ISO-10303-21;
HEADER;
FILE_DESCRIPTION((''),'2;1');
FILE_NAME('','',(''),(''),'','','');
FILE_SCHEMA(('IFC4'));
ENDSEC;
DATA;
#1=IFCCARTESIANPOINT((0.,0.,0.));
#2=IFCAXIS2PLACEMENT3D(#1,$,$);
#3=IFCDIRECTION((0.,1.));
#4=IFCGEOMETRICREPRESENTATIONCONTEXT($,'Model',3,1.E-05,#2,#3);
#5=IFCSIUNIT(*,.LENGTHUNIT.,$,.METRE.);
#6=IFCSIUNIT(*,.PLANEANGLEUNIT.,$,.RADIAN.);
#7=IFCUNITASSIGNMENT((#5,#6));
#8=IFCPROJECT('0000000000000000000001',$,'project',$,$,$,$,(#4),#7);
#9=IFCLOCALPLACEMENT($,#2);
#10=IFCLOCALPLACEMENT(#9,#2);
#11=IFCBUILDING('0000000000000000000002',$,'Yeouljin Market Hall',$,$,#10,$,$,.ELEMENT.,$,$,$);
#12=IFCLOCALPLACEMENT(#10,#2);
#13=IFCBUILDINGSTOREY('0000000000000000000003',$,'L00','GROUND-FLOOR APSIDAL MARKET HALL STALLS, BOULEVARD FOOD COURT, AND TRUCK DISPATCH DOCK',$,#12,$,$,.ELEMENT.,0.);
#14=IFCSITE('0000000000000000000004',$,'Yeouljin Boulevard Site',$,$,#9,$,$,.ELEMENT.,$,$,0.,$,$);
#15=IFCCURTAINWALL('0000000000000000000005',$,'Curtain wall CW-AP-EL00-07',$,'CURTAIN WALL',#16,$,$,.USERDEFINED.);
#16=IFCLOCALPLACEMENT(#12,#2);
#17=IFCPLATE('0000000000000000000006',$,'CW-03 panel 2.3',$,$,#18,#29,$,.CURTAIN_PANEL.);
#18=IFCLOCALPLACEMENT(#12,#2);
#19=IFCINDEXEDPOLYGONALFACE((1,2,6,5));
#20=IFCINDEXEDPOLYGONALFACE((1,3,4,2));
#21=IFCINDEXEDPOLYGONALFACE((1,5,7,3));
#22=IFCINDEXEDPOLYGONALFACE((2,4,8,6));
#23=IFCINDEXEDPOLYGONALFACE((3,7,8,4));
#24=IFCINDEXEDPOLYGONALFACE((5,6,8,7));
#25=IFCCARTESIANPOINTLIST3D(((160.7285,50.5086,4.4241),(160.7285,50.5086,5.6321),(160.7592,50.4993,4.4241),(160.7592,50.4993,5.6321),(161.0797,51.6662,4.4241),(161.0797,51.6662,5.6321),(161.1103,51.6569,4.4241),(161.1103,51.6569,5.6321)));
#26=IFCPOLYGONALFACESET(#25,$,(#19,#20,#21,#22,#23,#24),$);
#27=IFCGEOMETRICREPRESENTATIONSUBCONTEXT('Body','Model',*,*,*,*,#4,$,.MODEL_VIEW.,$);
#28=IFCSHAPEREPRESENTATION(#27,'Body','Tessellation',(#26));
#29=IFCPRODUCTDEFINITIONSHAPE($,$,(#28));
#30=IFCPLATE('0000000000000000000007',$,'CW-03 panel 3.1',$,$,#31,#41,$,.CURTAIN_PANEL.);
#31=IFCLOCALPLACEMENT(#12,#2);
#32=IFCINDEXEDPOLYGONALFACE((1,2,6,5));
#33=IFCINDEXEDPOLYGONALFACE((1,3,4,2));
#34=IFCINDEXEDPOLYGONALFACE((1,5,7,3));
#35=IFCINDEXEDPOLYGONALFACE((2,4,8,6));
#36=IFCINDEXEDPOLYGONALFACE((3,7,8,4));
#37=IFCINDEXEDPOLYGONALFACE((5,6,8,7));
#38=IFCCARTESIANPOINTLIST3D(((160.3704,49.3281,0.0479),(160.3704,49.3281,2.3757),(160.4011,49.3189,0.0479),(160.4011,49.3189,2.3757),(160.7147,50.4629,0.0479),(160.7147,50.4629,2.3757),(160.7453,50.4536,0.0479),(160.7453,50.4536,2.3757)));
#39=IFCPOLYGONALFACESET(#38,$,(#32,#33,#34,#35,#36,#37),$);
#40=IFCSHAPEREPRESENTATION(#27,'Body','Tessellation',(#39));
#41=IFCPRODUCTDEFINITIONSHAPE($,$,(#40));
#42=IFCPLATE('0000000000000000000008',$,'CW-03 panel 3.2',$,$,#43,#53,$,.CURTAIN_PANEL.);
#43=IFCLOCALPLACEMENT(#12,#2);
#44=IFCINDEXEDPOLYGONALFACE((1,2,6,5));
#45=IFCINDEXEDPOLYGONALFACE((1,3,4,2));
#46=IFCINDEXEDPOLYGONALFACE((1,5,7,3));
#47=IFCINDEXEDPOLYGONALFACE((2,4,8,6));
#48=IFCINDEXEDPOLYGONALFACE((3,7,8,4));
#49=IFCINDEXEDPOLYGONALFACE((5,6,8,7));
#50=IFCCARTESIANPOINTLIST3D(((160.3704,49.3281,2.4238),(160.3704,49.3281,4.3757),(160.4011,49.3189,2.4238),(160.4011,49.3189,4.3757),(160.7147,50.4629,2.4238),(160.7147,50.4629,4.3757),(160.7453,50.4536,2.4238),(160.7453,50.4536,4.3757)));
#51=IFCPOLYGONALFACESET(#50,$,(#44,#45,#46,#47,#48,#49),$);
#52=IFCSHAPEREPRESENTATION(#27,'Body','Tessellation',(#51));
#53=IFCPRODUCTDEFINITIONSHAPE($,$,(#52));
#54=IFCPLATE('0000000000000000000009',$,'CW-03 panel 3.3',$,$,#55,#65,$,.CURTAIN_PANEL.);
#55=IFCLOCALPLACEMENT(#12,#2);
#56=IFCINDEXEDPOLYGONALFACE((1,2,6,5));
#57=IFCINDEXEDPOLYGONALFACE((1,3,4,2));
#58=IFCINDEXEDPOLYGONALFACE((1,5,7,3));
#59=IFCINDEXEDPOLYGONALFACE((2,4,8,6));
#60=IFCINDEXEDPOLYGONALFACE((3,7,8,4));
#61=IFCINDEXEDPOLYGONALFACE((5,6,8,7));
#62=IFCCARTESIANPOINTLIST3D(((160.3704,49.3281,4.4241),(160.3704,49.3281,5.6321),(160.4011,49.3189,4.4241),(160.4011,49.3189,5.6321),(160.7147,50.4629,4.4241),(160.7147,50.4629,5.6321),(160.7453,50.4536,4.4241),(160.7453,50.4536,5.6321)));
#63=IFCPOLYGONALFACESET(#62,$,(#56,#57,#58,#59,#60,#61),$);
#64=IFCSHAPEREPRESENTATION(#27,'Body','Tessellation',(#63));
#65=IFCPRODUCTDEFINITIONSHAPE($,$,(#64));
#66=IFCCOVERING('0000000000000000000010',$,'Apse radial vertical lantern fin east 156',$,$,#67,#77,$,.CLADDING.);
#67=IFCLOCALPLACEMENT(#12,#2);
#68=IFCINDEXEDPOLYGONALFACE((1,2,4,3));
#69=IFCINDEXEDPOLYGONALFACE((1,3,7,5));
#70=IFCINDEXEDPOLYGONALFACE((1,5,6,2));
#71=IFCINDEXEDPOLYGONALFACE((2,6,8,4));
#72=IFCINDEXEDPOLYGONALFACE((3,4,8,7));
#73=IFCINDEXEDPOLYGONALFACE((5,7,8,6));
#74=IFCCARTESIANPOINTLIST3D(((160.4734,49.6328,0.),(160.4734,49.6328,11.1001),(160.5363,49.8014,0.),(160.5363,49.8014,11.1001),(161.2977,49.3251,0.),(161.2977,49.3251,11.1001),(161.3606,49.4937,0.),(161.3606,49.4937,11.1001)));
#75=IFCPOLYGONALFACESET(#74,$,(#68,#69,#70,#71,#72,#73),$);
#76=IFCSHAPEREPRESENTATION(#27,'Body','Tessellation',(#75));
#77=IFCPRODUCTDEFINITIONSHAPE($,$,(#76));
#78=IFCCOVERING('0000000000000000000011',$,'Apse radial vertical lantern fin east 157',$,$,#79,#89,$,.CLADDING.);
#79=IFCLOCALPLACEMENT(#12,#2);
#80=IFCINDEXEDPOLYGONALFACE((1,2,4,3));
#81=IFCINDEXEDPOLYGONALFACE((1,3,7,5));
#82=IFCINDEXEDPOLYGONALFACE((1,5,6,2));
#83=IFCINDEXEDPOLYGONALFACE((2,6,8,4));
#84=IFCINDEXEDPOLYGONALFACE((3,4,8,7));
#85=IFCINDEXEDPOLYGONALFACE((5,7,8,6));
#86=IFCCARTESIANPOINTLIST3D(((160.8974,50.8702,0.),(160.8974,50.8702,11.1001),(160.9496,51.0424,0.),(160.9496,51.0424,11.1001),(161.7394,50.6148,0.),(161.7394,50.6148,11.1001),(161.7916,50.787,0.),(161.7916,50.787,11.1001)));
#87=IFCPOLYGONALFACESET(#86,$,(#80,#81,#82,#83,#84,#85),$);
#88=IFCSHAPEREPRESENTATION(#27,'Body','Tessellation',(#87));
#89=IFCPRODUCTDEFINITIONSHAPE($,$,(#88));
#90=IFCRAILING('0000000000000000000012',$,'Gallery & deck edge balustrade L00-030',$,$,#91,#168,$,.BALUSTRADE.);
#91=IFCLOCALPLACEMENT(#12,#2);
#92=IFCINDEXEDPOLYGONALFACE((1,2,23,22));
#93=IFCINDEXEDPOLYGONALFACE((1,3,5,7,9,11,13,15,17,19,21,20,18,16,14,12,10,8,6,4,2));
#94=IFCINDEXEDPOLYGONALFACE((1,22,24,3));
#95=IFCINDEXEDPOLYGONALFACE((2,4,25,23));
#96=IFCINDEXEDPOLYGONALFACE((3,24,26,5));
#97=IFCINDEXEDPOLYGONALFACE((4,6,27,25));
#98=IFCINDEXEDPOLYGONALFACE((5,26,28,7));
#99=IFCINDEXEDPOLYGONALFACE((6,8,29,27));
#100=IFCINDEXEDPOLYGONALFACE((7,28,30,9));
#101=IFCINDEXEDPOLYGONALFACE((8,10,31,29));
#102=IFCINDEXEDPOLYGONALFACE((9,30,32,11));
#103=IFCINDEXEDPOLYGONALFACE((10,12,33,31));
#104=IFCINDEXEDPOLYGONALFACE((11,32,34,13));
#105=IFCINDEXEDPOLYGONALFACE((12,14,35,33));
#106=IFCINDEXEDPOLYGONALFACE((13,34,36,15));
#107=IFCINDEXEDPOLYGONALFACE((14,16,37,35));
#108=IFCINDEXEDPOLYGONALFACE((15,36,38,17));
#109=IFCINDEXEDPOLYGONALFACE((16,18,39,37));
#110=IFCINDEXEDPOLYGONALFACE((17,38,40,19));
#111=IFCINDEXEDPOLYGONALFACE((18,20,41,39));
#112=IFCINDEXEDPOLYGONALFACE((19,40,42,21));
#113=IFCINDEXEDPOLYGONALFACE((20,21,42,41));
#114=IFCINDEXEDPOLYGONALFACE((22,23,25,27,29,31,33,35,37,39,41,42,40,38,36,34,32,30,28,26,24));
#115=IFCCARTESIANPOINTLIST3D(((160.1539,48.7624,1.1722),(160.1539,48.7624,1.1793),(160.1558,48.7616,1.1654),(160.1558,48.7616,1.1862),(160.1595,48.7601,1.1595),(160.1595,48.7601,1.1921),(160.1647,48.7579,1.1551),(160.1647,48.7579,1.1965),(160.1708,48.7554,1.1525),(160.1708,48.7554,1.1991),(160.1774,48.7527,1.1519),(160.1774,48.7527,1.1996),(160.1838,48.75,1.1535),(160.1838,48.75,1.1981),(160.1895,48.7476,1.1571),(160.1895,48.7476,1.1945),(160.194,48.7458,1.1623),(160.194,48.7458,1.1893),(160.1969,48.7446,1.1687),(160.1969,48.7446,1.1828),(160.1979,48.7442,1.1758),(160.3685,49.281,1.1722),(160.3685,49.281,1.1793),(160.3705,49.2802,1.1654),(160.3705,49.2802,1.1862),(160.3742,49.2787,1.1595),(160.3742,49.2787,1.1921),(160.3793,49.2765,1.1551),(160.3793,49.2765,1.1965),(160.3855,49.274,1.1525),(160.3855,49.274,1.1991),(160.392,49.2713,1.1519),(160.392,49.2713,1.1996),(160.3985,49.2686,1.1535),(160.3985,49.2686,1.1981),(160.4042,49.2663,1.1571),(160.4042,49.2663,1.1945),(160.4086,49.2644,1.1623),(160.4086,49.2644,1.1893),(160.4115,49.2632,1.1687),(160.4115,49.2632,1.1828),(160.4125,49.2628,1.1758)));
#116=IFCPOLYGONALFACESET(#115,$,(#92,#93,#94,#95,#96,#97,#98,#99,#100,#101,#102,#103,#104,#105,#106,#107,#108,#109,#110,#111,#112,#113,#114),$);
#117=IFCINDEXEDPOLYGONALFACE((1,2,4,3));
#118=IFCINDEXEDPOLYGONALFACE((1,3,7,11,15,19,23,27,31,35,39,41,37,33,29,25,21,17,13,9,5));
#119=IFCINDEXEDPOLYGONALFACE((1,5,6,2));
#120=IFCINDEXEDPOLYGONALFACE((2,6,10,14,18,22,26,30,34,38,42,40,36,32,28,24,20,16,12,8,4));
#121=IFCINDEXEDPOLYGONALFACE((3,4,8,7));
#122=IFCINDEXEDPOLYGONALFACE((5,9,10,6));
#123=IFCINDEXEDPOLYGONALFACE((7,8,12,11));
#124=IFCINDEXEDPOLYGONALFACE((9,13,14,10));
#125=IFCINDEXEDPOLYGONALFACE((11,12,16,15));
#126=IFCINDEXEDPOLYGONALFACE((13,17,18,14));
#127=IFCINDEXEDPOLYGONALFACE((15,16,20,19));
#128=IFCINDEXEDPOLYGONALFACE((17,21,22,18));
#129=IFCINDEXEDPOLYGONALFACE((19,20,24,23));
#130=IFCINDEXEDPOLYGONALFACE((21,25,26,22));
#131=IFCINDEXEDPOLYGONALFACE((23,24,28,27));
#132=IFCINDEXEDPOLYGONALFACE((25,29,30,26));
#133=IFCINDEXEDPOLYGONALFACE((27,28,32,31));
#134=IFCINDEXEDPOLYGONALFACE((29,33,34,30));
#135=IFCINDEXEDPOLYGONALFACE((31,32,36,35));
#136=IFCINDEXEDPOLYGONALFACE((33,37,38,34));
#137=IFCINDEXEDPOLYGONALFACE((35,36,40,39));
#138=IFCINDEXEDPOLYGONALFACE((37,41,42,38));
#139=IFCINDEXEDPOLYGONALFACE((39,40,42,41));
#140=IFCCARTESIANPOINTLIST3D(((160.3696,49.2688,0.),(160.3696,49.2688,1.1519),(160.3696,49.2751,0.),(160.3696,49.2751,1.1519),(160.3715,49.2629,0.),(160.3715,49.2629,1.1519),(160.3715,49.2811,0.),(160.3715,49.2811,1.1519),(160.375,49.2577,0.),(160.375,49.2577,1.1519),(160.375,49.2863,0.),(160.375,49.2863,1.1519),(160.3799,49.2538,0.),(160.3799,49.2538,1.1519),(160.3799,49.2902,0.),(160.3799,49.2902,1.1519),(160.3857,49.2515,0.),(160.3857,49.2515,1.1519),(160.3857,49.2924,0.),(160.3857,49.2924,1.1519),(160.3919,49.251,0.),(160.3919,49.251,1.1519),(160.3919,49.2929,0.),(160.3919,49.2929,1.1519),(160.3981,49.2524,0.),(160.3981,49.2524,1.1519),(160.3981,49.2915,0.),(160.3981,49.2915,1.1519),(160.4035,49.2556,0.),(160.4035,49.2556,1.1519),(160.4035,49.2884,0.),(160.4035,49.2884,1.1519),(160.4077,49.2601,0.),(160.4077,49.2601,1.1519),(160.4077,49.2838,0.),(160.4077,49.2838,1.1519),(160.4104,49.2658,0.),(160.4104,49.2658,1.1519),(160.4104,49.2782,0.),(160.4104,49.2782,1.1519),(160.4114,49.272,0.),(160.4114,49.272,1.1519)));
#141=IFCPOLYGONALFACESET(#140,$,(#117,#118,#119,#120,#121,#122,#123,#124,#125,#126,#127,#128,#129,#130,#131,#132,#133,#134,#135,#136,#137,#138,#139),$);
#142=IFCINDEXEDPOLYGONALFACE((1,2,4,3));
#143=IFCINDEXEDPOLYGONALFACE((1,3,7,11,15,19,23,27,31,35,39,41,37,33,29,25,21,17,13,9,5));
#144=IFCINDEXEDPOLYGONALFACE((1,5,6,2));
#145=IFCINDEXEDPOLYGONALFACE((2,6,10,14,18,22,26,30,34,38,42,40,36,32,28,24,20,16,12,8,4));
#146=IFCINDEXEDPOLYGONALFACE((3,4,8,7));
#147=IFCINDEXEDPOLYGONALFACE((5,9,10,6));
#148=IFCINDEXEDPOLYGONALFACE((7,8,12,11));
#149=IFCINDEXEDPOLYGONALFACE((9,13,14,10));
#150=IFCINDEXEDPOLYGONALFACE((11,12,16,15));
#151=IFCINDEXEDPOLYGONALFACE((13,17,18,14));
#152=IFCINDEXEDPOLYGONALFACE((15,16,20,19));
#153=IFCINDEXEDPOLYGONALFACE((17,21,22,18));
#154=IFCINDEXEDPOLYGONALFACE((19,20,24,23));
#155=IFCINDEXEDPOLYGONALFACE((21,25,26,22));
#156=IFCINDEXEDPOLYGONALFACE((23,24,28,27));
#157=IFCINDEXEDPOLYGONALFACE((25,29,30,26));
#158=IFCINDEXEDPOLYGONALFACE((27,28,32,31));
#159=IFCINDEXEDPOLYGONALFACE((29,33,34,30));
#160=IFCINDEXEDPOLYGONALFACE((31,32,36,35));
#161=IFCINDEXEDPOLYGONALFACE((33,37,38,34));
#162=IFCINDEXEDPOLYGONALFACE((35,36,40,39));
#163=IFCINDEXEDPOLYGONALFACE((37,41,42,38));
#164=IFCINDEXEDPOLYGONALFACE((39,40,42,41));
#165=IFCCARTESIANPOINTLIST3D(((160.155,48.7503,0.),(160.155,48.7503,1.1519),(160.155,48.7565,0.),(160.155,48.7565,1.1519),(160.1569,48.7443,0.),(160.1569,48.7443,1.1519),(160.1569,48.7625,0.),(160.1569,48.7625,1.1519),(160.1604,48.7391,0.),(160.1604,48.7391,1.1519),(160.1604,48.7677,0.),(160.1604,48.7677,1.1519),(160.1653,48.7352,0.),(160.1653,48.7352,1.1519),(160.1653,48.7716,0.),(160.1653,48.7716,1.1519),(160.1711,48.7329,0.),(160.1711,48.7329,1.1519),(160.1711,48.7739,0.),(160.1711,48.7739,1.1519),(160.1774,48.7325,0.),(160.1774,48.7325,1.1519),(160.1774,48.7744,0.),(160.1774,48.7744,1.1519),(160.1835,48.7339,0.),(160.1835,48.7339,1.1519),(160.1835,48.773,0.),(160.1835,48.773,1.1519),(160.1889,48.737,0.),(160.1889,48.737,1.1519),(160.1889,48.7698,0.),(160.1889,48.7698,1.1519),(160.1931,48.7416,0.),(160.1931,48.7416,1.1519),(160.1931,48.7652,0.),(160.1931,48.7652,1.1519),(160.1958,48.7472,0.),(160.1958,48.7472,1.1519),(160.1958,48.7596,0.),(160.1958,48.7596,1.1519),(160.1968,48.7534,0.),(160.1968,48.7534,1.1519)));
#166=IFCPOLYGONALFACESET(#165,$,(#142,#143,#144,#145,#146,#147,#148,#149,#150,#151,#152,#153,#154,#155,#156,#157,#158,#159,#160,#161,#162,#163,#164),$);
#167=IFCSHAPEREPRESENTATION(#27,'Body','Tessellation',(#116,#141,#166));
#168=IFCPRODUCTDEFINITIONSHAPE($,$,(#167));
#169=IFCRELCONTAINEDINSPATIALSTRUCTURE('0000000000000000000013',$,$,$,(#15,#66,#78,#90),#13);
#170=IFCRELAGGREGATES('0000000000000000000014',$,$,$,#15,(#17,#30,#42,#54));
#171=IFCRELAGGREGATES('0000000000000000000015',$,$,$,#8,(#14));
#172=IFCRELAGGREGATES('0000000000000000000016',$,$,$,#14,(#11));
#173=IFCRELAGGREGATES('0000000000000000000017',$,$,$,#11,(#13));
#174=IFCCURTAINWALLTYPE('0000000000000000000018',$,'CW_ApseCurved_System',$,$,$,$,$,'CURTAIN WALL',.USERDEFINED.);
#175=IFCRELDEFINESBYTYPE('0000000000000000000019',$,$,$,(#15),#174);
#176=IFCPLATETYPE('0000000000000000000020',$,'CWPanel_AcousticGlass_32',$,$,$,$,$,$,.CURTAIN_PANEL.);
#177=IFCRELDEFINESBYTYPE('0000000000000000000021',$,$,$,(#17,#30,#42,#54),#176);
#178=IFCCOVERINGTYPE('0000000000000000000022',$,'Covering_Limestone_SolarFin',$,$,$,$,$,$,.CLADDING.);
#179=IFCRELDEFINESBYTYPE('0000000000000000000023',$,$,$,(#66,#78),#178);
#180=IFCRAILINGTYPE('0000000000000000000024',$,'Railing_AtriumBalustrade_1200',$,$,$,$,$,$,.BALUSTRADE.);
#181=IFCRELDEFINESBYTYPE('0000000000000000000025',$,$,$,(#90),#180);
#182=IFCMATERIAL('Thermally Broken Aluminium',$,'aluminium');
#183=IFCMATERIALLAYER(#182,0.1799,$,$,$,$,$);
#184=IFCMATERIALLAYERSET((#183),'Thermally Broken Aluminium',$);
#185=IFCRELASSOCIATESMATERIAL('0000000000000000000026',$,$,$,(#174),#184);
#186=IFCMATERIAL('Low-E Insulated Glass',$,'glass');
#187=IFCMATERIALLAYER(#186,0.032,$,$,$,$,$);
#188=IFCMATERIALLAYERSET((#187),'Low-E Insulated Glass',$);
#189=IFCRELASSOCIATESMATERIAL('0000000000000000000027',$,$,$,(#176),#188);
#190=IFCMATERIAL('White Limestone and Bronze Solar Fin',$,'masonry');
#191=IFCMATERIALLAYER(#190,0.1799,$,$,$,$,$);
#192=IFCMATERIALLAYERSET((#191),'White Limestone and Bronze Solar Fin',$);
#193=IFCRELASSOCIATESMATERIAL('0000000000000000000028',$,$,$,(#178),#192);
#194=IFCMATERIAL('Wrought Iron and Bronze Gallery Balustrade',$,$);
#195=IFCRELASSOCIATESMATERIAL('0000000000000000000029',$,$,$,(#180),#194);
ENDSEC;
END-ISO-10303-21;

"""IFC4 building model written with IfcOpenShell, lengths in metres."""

from ifc_helpers import new_model, si_unit, direction, frame, origin, origin_2d, place, context, subcontext, project, spatial, rectangle, circle, extrude, material, layer, layer_set, type_object, element, aggregate, save


model = new_model("IFC4")

# Units and contexts
model_context = context("Model", 3, precision=1e-05, world=origin(), true_north=direction((0.0, 1.0)))
body_context = subcontext(model_context, "Body", "Model", "MODEL_VIEW")
ifc_project = project(units=[si_unit("LENGTHUNIT", "METRE"), si_unit("PLANEANGLEUNIT", "RADIAN")], contexts=[model_context])

# Site, building, storey
site_placement = place(None, origin())
site = spatial("IfcSite", under=ifc_project, at=site_placement, Name="Yeouljin Boulevard Site", CompositionType="ELEMENT", RefElevation=0.0)
building_placement = place(site_placement, origin())
building = spatial("IfcBuilding", under=site, at=building_placement, Name="Yeouljin Market Hall", CompositionType="ELEMENT")
storey_placement = place(building_placement, origin())
storey = spatial("IfcBuildingStorey", under=building, at=storey_placement, Name="L00", Description="GROUND-FLOOR APSIDAL MARKET HALL STALLS, BOULEVARD FOOD COURT, AND TRUCK DISPATCH DOCK", CompositionType="ELEMENT", Elevation=0.0)

# Shared definitions
ifc_material_1 = material(Name="Thermally Broken Aluminium", Category="aluminium")
ifc_layer_1 = layer(ifc_material_1, 0.1799)
ifc_layer_set_1 = layer_set([ifc_layer_1], Name="Thermally Broken Aluminium")
curtain_wall_type = type_object("IfcCurtainWallType", Name="CW_ApseCurved_System", ElementType="CURTAIN WALL", PredefinedType="USERDEFINED", material=ifc_layer_set_1)

# Curtain wall
curtain_wall_1_placement = place(storey_placement, origin())
curtain_wall_1 = element("IfcCurtainWall", 1, at=curtain_wall_1_placement, inside=storey, type_object=curtain_wall_type, Name="Curtain wall CW-AP-EL00-07", ObjectType="CURTAIN WALL", PredefinedType="USERDEFINED")

# Plates
ifc_material_2 = material(Name="Low-E Insulated Glass", Category="glass")
ifc_layer_2 = layer(ifc_material_2, 0.032)
ifc_layer_set_2 = layer_set([ifc_layer_2], Name="Low-E Insulated Glass")
plate_type = type_object("IfcPlateType", Name="CWPanel_AcousticGlass_32", PredefinedType="CURTAIN_PANEL", material=ifc_layer_set_2)
plate_1_placement = place(storey_placement, frame((160.9194, 51.0828, 4.4241), z_axis=(0.0, 0.0, 1.0), x_axis=(-0.290286, -0.95694, 0.0)))
plate_1 = element("IfcPlate", 2, at=plate_1_placement, type_object=plate_type, Name="CW-03 panel 2.3", PredefinedType="CURTAIN_PANEL", context=body_context, shape_type="SweptSolid", body=[
    extrude(rectangle(XDim=1.2097, YDim=0.032, at=origin_2d()), origin(), (0.0, 0.0, 1.0), 1.208),
])
plate_2_placement = place(storey_placement, frame((160.5579, 49.8909, 0.0479), z_axis=(0.0, 0.0, 1.0), x_axis=(-0.290286, -0.95694, 0.0)))
plate_2 = element("IfcPlate", 3, at=plate_2_placement, type_object=plate_type, Name="CW-03 panel 3.1", PredefinedType="CURTAIN_PANEL", context=body_context, shape_type="SweptSolid", body=[
    extrude(rectangle(XDim=1.1858, YDim=0.032, at=origin_2d()), origin(), (0.0, 0.0, 1.0), 2.3279),
])
plate_3_placement = place(storey_placement, frame((160.5579, 49.8909, 2.4238), z_axis=(0.0, 0.0, 1.0), x_axis=(-0.290286, -0.95694, 0.0)))
plate_3 = element("IfcPlate", 4, at=plate_3_placement, type_object=plate_type, Name="CW-03 panel 3.2", PredefinedType="CURTAIN_PANEL", context=body_context, shape_type="SweptSolid", body=[
    extrude(rectangle(XDim=1.1858, YDim=0.032, at=origin_2d()), origin(), (0.0, 0.0, 1.0), 1.9519),
])
plate_4_placement = place(storey_placement, frame((160.5579, 49.8909, 4.4241), z_axis=(0.0, 0.0, 1.0), x_axis=(-0.290286, -0.95694, 0.0)))
plate_4 = element("IfcPlate", 5, at=plate_4_placement, type_object=plate_type, Name="CW-03 panel 3.3", PredefinedType="CURTAIN_PANEL", context=body_context, shape_type="SweptSolid", body=[
    extrude(rectangle(XDim=1.1858, YDim=0.032, at=origin_2d()), origin(), (0.0, 0.0, 1.0), 1.208),
])
aggregate(curtain_wall_1, [plate_1, plate_2, plate_3, plate_4])

# Coverings
ifc_material_3 = material(Name="White Limestone and Bronze Solar Fin", Category="masonry")
ifc_layer_3 = layer(ifc_material_3, 0.1799)
ifc_layer_set_3 = layer_set([ifc_layer_3], Name="White Limestone and Bronze Solar Fin")
covering_type = type_object("IfcCoveringType", Name="Covering_Limestone_SolarFin", PredefinedType="CLADDING", material=ifc_layer_set_3)
for number, where, z_axis, x_axis, name in (
    (6, (160.917, 49.5632, 0.0), (0.0, 0.0, 1.0), (0.936855, -0.349717, 0.0), "Apse radial vertical lantern fin east 156"),
    (7, (161.3445, 50.8286, 0.0), (0.0, 0.0, 1.0), (0.956966, -0.290201, 0.0), "Apse radial vertical lantern fin east 157"),
):
    element("IfcCovering", number, at=place(storey_placement, frame(where, z_axis=z_axis, x_axis=x_axis)), inside=storey, type_object=covering_type, Name=name, PredefinedType="CLADDING", context=body_context, shape_type="SweptSolid", body=[
        extrude(rectangle(XDim=0.8799, YDim=0.1799, at=origin_2d()), origin(), (0.0, 0.0, 1.0), 11.1001),
    ])

# Railing
ifc_material_4 = material(Name="Wrought Iron and Bronze Gallery Balustrade")
railing_type = type_object("IfcRailingType", Name="Railing_AtriumBalustrade_1200", PredefinedType="BALUSTRADE", material=ifc_material_4)
railing_placement = place(storey_placement, frame((160.3904, 49.272, 0.0)))
element("IfcRailing", 8, at=railing_placement, inside=storey, type_object=railing_type, Name="Gallery & deck edge balustrade L00-030", PredefinedType="BALUSTRADE", context=body_context, shape_type="SweptSolid", body=[
    extrude(circle(Radius=0.0239, at=origin_2d()), frame((0.0, 0.0, 1.1758), z_axis=(-0.38239, -0.924001, 0.0), x_axis=(0.924001, -0.38239, 0.0)), (0.0, 0.0, 1.0), 0.5613),
    extrude(circle(Radius=0.021, at=origin_2d()), origin(), (0.0, 0.0, 1.0), 1.1519),
    extrude(circle(Radius=0.021, at=origin_2d()), frame((-0.2146, -0.5186, 0.0)), (0.0, 0.0, 1.0), 1.1519),
])

save(model, "model.ifc")
